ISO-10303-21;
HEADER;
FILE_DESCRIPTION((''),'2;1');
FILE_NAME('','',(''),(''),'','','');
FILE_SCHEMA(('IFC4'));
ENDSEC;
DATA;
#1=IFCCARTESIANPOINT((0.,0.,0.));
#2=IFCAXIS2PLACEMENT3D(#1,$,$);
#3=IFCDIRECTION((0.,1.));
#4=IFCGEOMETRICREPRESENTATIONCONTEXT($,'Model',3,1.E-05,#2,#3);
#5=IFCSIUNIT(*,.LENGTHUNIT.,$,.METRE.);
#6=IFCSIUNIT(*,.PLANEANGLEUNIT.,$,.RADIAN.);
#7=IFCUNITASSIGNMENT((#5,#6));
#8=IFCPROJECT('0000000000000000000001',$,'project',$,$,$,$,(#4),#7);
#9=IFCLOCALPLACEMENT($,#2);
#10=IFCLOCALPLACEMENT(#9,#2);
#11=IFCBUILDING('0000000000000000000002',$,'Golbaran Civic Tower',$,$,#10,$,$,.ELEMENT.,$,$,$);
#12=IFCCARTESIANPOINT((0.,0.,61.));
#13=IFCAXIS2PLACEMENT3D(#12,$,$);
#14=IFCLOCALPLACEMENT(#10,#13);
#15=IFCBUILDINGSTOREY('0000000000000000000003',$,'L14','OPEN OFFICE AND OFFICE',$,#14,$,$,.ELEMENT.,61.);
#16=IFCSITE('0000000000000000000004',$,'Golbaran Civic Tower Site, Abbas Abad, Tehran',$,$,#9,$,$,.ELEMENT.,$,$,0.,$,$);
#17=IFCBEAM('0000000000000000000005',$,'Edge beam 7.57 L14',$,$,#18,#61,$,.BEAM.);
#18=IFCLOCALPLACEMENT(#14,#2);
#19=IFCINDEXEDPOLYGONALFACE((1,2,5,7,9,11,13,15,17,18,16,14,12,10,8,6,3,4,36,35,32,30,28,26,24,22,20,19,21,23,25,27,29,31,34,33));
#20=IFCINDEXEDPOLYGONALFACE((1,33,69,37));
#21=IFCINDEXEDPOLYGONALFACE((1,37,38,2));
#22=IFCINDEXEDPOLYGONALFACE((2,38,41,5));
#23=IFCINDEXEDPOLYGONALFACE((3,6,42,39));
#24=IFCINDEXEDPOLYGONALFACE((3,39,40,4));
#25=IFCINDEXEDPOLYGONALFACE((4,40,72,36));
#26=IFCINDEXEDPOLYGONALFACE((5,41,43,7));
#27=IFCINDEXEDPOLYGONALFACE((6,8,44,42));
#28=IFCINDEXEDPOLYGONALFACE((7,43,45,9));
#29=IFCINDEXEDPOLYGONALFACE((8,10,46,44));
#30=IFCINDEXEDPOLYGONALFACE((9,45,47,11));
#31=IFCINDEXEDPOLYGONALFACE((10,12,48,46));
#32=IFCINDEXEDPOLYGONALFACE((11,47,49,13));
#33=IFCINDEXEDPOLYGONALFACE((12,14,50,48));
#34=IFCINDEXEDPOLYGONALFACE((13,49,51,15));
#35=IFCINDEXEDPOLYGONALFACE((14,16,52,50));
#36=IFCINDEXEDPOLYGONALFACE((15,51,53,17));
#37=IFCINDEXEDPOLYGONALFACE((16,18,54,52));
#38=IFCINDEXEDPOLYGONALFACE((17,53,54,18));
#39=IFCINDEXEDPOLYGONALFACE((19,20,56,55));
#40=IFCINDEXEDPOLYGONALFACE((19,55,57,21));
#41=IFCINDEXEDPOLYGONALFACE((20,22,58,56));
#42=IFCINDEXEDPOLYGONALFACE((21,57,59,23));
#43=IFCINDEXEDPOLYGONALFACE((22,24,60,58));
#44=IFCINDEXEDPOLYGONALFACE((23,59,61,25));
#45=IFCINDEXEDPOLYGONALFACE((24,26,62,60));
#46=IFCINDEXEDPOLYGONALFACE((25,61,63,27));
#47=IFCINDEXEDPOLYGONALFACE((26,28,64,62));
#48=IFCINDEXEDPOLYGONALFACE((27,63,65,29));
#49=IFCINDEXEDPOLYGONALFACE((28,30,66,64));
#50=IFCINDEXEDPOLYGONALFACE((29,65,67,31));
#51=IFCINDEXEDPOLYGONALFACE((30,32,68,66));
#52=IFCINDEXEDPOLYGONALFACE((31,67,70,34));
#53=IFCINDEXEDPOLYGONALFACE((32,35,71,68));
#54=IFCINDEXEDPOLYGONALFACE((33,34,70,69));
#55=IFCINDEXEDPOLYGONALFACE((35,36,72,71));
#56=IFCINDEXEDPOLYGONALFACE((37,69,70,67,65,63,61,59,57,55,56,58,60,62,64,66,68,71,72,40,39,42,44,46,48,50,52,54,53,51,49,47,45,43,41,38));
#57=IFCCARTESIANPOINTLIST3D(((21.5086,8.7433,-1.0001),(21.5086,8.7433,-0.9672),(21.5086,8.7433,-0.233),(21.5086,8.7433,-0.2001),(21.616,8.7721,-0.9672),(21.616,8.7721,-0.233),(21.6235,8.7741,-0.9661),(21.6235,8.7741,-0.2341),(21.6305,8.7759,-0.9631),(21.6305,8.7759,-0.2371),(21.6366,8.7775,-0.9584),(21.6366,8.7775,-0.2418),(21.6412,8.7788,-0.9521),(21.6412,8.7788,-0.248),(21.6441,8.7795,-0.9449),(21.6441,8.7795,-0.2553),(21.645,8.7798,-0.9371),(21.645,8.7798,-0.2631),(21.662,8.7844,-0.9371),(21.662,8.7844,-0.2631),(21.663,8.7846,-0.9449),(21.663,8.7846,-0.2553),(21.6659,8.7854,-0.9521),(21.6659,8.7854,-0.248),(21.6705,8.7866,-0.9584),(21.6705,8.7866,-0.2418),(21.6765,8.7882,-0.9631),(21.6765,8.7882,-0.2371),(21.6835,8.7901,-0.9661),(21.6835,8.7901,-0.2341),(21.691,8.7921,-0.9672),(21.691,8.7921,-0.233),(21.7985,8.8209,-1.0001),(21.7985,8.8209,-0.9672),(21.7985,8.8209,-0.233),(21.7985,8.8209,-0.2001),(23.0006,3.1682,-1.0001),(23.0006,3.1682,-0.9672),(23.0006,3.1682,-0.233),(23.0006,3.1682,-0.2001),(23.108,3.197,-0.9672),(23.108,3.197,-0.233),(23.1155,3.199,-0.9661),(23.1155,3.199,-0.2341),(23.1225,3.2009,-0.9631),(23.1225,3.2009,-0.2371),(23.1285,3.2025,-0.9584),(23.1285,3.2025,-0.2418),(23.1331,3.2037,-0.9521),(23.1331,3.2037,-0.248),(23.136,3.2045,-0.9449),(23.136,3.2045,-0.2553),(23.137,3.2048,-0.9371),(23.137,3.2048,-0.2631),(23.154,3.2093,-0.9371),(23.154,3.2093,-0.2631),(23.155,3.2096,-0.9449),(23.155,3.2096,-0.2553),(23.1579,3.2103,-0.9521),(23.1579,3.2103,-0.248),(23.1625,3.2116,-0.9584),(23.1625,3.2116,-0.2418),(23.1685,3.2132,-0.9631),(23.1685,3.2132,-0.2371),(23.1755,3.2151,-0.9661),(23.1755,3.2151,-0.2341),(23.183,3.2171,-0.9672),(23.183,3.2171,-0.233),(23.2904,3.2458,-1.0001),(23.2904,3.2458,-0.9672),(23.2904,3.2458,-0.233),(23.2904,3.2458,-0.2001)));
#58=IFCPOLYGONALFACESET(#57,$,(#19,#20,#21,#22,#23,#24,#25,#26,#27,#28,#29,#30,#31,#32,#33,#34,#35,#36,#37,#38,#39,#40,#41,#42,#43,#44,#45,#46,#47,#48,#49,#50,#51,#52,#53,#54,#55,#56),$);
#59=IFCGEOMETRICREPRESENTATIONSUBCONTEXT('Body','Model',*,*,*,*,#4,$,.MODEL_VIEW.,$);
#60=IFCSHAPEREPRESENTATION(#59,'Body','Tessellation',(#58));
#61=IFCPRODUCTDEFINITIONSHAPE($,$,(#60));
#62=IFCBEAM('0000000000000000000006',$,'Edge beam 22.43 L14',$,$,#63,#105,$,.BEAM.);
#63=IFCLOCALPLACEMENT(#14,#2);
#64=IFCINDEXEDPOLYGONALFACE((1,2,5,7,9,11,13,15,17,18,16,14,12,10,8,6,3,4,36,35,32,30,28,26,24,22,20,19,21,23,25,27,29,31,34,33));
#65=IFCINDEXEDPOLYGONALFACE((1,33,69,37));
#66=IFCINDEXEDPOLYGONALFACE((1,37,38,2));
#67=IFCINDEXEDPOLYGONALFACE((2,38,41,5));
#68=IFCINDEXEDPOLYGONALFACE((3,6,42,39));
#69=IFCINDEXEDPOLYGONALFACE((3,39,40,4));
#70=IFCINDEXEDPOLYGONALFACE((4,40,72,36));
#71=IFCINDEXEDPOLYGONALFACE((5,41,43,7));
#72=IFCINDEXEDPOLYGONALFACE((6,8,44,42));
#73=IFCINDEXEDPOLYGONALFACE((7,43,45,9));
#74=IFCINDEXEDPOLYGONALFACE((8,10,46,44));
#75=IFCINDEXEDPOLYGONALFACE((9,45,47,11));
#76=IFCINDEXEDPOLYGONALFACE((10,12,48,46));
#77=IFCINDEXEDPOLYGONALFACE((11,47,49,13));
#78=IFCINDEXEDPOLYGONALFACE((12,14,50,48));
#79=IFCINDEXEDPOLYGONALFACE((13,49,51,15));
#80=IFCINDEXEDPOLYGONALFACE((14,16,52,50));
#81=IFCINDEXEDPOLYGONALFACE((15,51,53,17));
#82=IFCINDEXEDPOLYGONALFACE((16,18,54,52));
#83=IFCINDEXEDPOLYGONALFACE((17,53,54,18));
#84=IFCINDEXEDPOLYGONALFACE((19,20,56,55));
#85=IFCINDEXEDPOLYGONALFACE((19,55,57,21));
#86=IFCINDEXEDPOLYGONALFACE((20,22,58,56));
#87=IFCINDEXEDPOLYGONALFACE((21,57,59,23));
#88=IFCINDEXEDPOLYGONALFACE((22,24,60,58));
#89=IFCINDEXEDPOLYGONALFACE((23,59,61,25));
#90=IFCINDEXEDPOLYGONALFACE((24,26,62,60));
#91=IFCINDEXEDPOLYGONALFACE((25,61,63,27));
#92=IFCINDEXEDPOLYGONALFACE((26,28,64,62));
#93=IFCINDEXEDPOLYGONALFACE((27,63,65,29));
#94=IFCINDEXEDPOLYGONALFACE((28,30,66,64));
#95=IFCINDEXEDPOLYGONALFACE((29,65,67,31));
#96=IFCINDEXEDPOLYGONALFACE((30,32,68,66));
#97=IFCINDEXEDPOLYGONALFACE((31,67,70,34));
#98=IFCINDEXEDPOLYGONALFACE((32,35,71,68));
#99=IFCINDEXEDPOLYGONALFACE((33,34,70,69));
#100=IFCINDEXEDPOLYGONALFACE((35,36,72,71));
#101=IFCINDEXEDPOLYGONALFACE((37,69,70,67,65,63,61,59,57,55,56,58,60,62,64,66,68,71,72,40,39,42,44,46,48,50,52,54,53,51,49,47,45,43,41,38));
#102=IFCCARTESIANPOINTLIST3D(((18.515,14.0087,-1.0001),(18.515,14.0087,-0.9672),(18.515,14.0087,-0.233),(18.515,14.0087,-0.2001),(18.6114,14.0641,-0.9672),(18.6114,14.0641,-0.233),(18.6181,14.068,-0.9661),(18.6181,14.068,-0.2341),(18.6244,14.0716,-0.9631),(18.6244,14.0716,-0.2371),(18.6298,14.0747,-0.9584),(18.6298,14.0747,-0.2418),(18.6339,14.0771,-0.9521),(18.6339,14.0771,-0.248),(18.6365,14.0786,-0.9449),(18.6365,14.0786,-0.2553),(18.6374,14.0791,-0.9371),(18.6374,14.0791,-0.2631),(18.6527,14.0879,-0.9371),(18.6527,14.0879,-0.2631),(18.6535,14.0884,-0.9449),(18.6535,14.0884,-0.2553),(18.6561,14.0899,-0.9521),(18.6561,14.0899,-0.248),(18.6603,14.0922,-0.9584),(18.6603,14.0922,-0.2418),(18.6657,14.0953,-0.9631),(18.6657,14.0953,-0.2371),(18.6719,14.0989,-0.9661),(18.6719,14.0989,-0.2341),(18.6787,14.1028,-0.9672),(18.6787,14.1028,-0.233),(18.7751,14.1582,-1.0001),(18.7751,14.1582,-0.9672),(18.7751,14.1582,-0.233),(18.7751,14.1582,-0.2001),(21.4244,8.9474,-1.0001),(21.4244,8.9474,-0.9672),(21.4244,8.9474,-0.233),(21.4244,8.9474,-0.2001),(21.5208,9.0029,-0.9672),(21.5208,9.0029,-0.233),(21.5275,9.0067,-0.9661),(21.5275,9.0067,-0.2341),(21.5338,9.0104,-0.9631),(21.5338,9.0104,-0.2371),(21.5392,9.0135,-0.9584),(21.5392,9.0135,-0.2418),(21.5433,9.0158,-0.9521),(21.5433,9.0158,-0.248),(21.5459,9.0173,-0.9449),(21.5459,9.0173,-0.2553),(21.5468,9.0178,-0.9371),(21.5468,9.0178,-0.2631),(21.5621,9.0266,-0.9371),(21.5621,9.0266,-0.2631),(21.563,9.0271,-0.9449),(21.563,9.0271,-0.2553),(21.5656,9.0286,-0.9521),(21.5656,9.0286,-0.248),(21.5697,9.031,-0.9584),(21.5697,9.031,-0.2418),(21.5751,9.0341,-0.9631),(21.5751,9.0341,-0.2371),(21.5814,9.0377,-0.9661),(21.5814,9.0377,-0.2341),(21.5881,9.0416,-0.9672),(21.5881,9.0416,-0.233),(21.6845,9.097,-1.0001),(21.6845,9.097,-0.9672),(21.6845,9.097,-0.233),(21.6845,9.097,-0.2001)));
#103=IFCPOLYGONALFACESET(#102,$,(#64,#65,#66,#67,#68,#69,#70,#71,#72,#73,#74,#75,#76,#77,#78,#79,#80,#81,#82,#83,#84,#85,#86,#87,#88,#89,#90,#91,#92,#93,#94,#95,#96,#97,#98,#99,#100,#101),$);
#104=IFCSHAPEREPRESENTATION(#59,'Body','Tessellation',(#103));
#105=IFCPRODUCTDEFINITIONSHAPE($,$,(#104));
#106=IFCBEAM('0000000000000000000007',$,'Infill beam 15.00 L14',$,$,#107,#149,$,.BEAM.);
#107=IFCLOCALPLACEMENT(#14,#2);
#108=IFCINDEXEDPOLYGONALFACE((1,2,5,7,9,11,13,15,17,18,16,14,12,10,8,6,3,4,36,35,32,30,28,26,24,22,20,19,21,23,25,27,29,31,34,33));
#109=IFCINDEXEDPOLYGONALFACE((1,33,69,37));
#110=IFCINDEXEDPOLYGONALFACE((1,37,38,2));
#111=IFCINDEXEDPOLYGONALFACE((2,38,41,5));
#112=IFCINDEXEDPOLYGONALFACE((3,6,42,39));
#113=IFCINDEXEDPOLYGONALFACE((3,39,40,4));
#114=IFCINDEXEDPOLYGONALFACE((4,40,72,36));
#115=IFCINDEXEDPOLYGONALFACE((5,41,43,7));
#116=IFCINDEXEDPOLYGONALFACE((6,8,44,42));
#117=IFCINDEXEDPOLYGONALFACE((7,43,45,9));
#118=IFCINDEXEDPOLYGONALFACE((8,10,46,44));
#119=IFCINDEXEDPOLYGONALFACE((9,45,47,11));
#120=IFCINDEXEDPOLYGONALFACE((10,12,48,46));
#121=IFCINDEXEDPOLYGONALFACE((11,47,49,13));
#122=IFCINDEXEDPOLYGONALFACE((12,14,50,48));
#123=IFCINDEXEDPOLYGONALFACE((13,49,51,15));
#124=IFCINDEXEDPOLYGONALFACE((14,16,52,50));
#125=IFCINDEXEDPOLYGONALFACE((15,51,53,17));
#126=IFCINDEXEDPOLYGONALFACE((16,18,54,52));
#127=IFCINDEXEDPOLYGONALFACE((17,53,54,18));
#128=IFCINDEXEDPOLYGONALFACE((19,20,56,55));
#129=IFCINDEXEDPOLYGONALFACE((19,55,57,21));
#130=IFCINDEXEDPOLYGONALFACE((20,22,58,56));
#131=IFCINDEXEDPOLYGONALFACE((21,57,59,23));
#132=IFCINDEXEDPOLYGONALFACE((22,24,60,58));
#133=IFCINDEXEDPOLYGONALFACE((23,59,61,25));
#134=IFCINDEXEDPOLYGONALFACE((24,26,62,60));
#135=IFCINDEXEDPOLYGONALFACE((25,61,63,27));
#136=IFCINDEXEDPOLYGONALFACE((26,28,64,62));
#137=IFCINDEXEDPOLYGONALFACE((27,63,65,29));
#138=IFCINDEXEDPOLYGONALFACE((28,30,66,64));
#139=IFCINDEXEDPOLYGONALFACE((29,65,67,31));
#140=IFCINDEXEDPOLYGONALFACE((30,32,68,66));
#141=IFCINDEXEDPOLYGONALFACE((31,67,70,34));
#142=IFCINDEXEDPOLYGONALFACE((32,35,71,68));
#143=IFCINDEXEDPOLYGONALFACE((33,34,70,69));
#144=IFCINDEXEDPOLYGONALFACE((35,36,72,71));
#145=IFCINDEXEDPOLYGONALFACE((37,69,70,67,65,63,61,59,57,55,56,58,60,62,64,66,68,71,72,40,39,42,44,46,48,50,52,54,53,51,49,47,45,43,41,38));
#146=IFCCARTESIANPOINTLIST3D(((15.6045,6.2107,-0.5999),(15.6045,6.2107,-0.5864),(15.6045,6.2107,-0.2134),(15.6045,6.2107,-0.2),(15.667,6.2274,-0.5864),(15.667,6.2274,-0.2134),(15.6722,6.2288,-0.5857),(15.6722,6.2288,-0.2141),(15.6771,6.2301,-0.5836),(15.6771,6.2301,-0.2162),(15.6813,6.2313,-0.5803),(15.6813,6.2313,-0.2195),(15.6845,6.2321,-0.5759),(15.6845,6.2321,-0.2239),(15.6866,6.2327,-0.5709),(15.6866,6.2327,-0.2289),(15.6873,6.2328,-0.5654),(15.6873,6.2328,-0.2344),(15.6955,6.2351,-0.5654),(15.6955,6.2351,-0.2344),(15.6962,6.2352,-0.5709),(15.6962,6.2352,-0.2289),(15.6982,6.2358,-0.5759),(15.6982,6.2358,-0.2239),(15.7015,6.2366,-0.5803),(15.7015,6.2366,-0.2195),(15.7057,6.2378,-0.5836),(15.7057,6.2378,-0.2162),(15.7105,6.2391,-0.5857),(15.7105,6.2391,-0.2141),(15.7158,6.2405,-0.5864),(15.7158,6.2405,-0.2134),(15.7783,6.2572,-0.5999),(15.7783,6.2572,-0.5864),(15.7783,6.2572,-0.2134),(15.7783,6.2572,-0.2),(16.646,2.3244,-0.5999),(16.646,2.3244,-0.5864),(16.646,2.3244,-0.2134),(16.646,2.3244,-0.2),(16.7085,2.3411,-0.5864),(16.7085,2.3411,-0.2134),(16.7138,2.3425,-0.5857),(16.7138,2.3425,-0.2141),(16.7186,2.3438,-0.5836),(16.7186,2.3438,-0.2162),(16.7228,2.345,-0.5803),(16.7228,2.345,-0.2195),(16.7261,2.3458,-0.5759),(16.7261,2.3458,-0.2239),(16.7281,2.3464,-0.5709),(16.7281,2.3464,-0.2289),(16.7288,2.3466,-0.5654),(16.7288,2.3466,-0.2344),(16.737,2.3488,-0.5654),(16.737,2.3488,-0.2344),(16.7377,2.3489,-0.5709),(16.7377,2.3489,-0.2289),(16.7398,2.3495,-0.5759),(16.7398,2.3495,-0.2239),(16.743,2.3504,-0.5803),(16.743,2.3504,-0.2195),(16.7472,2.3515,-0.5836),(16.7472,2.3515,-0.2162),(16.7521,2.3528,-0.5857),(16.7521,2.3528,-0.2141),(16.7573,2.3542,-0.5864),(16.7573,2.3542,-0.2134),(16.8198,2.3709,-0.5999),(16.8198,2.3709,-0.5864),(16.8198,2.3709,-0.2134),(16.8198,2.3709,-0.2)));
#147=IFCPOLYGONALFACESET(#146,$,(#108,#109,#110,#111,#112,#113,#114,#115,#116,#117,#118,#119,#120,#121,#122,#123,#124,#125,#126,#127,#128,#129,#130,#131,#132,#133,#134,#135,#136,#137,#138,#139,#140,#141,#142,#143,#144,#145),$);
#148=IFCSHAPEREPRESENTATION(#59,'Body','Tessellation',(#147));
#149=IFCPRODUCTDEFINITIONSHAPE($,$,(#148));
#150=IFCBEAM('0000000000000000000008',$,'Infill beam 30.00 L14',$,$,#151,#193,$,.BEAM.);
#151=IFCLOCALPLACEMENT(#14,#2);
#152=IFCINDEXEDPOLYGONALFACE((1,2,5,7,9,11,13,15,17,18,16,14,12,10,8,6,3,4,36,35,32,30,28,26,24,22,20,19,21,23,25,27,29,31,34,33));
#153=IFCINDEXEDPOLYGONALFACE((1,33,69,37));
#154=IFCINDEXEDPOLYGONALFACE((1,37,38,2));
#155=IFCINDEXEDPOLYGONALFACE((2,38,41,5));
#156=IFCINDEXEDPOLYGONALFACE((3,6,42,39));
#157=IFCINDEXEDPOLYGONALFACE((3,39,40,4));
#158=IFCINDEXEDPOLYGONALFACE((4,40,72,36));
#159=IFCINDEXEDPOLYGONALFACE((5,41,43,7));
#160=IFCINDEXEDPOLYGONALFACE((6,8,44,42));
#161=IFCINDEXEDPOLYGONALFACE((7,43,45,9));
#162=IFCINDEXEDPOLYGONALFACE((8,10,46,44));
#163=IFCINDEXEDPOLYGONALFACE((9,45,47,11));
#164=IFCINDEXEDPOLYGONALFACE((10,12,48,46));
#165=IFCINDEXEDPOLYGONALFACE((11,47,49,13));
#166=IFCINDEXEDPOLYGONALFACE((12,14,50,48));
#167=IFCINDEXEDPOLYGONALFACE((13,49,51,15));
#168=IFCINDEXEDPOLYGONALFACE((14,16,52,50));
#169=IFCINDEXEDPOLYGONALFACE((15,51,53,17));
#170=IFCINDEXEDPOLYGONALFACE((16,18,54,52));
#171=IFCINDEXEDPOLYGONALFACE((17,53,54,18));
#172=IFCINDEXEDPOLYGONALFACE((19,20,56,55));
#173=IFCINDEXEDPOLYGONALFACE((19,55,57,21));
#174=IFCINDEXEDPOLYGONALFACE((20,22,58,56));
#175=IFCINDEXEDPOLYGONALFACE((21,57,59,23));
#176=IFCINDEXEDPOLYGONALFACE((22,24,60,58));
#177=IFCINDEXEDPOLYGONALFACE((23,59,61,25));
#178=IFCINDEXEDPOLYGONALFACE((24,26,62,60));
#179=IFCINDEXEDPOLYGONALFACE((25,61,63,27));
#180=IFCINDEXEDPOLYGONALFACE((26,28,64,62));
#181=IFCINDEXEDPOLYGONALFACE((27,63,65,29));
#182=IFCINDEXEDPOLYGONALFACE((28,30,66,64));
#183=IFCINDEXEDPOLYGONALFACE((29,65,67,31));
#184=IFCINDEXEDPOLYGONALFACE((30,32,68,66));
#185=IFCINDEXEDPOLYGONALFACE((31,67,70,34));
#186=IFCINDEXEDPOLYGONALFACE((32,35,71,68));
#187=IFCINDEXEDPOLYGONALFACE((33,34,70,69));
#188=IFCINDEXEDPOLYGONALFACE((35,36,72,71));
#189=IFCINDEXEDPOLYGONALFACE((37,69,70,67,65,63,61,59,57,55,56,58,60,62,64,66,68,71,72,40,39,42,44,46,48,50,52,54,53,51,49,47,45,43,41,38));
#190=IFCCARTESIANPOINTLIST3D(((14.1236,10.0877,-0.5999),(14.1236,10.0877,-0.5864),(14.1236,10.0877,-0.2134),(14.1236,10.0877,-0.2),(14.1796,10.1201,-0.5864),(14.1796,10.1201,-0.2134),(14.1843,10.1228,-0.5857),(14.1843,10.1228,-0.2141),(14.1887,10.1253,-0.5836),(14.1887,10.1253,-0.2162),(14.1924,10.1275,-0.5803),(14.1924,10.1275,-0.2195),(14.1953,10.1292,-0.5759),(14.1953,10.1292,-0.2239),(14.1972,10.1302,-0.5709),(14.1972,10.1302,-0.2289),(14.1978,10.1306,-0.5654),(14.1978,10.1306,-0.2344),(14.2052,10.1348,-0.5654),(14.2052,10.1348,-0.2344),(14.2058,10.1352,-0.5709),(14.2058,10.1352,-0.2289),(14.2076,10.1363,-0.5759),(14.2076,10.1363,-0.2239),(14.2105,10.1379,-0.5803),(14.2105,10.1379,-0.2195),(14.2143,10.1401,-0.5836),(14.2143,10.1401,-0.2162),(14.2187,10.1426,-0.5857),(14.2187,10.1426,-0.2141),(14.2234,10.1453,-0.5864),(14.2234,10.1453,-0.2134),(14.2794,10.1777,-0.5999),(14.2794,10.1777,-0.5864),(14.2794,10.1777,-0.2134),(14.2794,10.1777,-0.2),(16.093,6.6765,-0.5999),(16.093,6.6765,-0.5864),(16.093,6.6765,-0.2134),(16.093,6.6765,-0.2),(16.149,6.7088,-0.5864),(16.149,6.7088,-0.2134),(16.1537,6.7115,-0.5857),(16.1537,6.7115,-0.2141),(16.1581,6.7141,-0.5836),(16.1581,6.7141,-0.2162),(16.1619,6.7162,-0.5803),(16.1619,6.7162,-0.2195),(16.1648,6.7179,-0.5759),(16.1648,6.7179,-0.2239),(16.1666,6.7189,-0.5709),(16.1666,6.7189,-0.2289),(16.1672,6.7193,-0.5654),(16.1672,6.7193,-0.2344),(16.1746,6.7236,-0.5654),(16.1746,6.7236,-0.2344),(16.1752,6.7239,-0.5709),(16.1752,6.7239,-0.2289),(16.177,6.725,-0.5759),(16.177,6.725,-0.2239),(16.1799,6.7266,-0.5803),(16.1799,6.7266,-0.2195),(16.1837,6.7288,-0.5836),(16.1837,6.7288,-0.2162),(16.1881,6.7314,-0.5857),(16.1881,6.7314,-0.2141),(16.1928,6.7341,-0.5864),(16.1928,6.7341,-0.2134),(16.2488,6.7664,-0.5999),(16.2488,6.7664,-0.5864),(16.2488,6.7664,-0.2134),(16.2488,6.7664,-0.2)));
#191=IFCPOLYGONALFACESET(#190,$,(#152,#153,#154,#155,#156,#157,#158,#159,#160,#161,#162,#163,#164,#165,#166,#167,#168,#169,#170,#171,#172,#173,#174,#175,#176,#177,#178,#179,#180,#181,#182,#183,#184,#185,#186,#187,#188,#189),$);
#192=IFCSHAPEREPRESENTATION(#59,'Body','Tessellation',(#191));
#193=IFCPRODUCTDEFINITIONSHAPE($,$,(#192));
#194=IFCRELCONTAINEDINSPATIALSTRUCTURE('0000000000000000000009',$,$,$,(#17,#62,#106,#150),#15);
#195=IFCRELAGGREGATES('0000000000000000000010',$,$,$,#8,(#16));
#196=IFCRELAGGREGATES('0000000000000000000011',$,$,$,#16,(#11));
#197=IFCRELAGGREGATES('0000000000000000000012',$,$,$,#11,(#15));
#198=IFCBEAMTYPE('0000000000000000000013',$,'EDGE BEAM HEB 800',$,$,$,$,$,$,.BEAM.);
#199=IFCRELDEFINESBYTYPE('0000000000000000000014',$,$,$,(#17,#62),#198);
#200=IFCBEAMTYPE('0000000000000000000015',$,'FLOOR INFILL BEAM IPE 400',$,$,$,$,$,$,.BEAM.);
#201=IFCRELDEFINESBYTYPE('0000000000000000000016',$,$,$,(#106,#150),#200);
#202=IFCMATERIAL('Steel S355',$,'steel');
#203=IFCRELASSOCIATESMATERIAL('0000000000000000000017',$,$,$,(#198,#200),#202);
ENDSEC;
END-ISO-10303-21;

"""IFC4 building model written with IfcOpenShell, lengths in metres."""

from ifc_helpers import new_model, si_unit, direction, frame, origin, origin_2d, place, context, subcontext, project, spatial, i_section, extrude, material, material_profile, profile_set, type_object, element, save


model = new_model("IFC4")

# Units and contexts
model_context = context("Model", 3, precision=1e-05, world=origin(), true_north=direction((0.0, 1.0)))
body_context = subcontext(model_context, "Body", "Model", "MODEL_VIEW")
ifc_project = project(units=[si_unit("LENGTHUNIT", "METRE"), si_unit("PLANEANGLEUNIT", "RADIAN")], contexts=[model_context])

# Site, building, storey
site_placement = place(None, origin())
site = spatial("IfcSite", under=ifc_project, at=site_placement, Name="Golbaran Civic Tower Site, Abbas Abad, Tehran", CompositionType="ELEMENT", RefElevation=0.0)
building_placement = place(site_placement, origin())
building = spatial("IfcBuilding", under=site, at=building_placement, Name="Golbaran Civic Tower", CompositionType="ELEMENT")
storey_placement = place(building_placement, frame((0.0, 0.0, 61.0)))
storey = spatial("IfcBuildingStorey", under=building, at=storey_placement, Name="L14", Description="OPEN OFFICE AND OFFICE", CompositionType="ELEMENT", Elevation=61.0)

# Beams
ifc_material_1 = material(Name="Steel S355", Category="steel")
ifc_material_profile_1 = material_profile(ifc_material_1, i_section(OverallWidth=0.3, OverallDepth=0.8, WebThickness=0.0176, FlangeThickness=0.033, FilletRadius=0.03, at=origin_2d()), Name="HEB 800")
ifc_profile_set_1 = profile_set([ifc_material_profile_1], Name="Steel S355")
beam_type_1 = type_object("IfcBeamType", Name="EDGE BEAM HEB 800", PredefinedType="BEAM", material=ifc_profile_set_1)
beam_1_placement = place(storey_placement, frame((23.1455, 3.207, -0.6001), z_axis=(-0.258518, 0.966006, 0.0), x_axis=(-0.966006, -0.258518, 0.0)))
element("IfcBeam", 1, at=beam_1_placement, inside=storey, type_object=beam_type_1, Name="Edge beam 7.57 L14", PredefinedType="BEAM", context=body_context, shape_type="SweptSolid", body=[
    extrude(i_section(OverallWidth=0.3, OverallDepth=0.8, WebThickness=0.0176, FlangeThickness=0.033, FilletRadius=0.03, at=origin_2d()), origin(), (0.0, 0.0, 1.0), 5.7712),
])
beam_2_placement = place(storey_placement, frame((21.5544, 9.0222, -0.6001), z_axis=(-0.498367, 0.866966, 0.0), x_axis=(-0.866966, -0.498367, 0.0)))
element("IfcBeam", 2, at=beam_2_placement, inside=storey, type_object=beam_type_1, Name="Edge beam 22.43 L14", PredefinedType="BEAM", context=body_context, shape_type="SweptSolid", body=[
    extrude(i_section(OverallWidth=0.3, OverallDepth=0.8, WebThickness=0.0176, FlangeThickness=0.033, FilletRadius=0.03, at=origin_2d()), origin(), (0.0, 0.0, 1.0), 5.8379),
])
ifc_material_profile_2 = material_profile(ifc_material_1, i_section(OverallWidth=0.1799, OverallDepth=0.3999, WebThickness=0.0085, FlangeThickness=0.0134, FilletRadius=0.021, at=origin_2d()), Name="IPE 400")
ifc_profile_set_2 = profile_set([ifc_material_profile_2], Name="Steel S355")
beam_type_2 = type_object("IfcBeamType", Name="FLOOR INFILL BEAM IPE 400", PredefinedType="BEAM", material=ifc_profile_set_2)
beam_3_placement = place(storey_placement, frame((16.7329, 2.3477, -0.3999), z_axis=(-0.258863, 0.965914, 0.0), x_axis=(-0.965914, -0.258863, 0.0)))
element("IfcBeam", 3, at=beam_3_placement, inside=storey, type_object=beam_type_2, Name="Infill beam 15.00 L14", PredefinedType="BEAM", context=body_context, shape_type="SweptSolid", body=[
    extrude(i_section(OverallWidth=0.1799, OverallDepth=0.3999, WebThickness=0.0085, FlangeThickness=0.0134, FilletRadius=0.021, at=origin_2d()), origin(), (0.0, 0.0, 1.0), 4.0234),
])
beam_4_placement = place(storey_placement, frame((16.1709, 6.7214, -0.3999), z_axis=(-0.499985, 0.866034, 0.0), x_axis=(-0.866034, -0.499985, 0.0)))
element("IfcBeam", 4, at=beam_4_placement, inside=storey, type_object=beam_type_2, Name="Infill beam 30.00 L14", PredefinedType="BEAM", context=body_context, shape_type="SweptSolid", body=[
    extrude(i_section(OverallWidth=0.1799, OverallDepth=0.3999, WebThickness=0.0085, FlangeThickness=0.0134, FilletRadius=0.021, at=origin_2d()), origin(), (0.0, 0.0, 1.0), 3.939),
])

save(model, "model.ifc")
